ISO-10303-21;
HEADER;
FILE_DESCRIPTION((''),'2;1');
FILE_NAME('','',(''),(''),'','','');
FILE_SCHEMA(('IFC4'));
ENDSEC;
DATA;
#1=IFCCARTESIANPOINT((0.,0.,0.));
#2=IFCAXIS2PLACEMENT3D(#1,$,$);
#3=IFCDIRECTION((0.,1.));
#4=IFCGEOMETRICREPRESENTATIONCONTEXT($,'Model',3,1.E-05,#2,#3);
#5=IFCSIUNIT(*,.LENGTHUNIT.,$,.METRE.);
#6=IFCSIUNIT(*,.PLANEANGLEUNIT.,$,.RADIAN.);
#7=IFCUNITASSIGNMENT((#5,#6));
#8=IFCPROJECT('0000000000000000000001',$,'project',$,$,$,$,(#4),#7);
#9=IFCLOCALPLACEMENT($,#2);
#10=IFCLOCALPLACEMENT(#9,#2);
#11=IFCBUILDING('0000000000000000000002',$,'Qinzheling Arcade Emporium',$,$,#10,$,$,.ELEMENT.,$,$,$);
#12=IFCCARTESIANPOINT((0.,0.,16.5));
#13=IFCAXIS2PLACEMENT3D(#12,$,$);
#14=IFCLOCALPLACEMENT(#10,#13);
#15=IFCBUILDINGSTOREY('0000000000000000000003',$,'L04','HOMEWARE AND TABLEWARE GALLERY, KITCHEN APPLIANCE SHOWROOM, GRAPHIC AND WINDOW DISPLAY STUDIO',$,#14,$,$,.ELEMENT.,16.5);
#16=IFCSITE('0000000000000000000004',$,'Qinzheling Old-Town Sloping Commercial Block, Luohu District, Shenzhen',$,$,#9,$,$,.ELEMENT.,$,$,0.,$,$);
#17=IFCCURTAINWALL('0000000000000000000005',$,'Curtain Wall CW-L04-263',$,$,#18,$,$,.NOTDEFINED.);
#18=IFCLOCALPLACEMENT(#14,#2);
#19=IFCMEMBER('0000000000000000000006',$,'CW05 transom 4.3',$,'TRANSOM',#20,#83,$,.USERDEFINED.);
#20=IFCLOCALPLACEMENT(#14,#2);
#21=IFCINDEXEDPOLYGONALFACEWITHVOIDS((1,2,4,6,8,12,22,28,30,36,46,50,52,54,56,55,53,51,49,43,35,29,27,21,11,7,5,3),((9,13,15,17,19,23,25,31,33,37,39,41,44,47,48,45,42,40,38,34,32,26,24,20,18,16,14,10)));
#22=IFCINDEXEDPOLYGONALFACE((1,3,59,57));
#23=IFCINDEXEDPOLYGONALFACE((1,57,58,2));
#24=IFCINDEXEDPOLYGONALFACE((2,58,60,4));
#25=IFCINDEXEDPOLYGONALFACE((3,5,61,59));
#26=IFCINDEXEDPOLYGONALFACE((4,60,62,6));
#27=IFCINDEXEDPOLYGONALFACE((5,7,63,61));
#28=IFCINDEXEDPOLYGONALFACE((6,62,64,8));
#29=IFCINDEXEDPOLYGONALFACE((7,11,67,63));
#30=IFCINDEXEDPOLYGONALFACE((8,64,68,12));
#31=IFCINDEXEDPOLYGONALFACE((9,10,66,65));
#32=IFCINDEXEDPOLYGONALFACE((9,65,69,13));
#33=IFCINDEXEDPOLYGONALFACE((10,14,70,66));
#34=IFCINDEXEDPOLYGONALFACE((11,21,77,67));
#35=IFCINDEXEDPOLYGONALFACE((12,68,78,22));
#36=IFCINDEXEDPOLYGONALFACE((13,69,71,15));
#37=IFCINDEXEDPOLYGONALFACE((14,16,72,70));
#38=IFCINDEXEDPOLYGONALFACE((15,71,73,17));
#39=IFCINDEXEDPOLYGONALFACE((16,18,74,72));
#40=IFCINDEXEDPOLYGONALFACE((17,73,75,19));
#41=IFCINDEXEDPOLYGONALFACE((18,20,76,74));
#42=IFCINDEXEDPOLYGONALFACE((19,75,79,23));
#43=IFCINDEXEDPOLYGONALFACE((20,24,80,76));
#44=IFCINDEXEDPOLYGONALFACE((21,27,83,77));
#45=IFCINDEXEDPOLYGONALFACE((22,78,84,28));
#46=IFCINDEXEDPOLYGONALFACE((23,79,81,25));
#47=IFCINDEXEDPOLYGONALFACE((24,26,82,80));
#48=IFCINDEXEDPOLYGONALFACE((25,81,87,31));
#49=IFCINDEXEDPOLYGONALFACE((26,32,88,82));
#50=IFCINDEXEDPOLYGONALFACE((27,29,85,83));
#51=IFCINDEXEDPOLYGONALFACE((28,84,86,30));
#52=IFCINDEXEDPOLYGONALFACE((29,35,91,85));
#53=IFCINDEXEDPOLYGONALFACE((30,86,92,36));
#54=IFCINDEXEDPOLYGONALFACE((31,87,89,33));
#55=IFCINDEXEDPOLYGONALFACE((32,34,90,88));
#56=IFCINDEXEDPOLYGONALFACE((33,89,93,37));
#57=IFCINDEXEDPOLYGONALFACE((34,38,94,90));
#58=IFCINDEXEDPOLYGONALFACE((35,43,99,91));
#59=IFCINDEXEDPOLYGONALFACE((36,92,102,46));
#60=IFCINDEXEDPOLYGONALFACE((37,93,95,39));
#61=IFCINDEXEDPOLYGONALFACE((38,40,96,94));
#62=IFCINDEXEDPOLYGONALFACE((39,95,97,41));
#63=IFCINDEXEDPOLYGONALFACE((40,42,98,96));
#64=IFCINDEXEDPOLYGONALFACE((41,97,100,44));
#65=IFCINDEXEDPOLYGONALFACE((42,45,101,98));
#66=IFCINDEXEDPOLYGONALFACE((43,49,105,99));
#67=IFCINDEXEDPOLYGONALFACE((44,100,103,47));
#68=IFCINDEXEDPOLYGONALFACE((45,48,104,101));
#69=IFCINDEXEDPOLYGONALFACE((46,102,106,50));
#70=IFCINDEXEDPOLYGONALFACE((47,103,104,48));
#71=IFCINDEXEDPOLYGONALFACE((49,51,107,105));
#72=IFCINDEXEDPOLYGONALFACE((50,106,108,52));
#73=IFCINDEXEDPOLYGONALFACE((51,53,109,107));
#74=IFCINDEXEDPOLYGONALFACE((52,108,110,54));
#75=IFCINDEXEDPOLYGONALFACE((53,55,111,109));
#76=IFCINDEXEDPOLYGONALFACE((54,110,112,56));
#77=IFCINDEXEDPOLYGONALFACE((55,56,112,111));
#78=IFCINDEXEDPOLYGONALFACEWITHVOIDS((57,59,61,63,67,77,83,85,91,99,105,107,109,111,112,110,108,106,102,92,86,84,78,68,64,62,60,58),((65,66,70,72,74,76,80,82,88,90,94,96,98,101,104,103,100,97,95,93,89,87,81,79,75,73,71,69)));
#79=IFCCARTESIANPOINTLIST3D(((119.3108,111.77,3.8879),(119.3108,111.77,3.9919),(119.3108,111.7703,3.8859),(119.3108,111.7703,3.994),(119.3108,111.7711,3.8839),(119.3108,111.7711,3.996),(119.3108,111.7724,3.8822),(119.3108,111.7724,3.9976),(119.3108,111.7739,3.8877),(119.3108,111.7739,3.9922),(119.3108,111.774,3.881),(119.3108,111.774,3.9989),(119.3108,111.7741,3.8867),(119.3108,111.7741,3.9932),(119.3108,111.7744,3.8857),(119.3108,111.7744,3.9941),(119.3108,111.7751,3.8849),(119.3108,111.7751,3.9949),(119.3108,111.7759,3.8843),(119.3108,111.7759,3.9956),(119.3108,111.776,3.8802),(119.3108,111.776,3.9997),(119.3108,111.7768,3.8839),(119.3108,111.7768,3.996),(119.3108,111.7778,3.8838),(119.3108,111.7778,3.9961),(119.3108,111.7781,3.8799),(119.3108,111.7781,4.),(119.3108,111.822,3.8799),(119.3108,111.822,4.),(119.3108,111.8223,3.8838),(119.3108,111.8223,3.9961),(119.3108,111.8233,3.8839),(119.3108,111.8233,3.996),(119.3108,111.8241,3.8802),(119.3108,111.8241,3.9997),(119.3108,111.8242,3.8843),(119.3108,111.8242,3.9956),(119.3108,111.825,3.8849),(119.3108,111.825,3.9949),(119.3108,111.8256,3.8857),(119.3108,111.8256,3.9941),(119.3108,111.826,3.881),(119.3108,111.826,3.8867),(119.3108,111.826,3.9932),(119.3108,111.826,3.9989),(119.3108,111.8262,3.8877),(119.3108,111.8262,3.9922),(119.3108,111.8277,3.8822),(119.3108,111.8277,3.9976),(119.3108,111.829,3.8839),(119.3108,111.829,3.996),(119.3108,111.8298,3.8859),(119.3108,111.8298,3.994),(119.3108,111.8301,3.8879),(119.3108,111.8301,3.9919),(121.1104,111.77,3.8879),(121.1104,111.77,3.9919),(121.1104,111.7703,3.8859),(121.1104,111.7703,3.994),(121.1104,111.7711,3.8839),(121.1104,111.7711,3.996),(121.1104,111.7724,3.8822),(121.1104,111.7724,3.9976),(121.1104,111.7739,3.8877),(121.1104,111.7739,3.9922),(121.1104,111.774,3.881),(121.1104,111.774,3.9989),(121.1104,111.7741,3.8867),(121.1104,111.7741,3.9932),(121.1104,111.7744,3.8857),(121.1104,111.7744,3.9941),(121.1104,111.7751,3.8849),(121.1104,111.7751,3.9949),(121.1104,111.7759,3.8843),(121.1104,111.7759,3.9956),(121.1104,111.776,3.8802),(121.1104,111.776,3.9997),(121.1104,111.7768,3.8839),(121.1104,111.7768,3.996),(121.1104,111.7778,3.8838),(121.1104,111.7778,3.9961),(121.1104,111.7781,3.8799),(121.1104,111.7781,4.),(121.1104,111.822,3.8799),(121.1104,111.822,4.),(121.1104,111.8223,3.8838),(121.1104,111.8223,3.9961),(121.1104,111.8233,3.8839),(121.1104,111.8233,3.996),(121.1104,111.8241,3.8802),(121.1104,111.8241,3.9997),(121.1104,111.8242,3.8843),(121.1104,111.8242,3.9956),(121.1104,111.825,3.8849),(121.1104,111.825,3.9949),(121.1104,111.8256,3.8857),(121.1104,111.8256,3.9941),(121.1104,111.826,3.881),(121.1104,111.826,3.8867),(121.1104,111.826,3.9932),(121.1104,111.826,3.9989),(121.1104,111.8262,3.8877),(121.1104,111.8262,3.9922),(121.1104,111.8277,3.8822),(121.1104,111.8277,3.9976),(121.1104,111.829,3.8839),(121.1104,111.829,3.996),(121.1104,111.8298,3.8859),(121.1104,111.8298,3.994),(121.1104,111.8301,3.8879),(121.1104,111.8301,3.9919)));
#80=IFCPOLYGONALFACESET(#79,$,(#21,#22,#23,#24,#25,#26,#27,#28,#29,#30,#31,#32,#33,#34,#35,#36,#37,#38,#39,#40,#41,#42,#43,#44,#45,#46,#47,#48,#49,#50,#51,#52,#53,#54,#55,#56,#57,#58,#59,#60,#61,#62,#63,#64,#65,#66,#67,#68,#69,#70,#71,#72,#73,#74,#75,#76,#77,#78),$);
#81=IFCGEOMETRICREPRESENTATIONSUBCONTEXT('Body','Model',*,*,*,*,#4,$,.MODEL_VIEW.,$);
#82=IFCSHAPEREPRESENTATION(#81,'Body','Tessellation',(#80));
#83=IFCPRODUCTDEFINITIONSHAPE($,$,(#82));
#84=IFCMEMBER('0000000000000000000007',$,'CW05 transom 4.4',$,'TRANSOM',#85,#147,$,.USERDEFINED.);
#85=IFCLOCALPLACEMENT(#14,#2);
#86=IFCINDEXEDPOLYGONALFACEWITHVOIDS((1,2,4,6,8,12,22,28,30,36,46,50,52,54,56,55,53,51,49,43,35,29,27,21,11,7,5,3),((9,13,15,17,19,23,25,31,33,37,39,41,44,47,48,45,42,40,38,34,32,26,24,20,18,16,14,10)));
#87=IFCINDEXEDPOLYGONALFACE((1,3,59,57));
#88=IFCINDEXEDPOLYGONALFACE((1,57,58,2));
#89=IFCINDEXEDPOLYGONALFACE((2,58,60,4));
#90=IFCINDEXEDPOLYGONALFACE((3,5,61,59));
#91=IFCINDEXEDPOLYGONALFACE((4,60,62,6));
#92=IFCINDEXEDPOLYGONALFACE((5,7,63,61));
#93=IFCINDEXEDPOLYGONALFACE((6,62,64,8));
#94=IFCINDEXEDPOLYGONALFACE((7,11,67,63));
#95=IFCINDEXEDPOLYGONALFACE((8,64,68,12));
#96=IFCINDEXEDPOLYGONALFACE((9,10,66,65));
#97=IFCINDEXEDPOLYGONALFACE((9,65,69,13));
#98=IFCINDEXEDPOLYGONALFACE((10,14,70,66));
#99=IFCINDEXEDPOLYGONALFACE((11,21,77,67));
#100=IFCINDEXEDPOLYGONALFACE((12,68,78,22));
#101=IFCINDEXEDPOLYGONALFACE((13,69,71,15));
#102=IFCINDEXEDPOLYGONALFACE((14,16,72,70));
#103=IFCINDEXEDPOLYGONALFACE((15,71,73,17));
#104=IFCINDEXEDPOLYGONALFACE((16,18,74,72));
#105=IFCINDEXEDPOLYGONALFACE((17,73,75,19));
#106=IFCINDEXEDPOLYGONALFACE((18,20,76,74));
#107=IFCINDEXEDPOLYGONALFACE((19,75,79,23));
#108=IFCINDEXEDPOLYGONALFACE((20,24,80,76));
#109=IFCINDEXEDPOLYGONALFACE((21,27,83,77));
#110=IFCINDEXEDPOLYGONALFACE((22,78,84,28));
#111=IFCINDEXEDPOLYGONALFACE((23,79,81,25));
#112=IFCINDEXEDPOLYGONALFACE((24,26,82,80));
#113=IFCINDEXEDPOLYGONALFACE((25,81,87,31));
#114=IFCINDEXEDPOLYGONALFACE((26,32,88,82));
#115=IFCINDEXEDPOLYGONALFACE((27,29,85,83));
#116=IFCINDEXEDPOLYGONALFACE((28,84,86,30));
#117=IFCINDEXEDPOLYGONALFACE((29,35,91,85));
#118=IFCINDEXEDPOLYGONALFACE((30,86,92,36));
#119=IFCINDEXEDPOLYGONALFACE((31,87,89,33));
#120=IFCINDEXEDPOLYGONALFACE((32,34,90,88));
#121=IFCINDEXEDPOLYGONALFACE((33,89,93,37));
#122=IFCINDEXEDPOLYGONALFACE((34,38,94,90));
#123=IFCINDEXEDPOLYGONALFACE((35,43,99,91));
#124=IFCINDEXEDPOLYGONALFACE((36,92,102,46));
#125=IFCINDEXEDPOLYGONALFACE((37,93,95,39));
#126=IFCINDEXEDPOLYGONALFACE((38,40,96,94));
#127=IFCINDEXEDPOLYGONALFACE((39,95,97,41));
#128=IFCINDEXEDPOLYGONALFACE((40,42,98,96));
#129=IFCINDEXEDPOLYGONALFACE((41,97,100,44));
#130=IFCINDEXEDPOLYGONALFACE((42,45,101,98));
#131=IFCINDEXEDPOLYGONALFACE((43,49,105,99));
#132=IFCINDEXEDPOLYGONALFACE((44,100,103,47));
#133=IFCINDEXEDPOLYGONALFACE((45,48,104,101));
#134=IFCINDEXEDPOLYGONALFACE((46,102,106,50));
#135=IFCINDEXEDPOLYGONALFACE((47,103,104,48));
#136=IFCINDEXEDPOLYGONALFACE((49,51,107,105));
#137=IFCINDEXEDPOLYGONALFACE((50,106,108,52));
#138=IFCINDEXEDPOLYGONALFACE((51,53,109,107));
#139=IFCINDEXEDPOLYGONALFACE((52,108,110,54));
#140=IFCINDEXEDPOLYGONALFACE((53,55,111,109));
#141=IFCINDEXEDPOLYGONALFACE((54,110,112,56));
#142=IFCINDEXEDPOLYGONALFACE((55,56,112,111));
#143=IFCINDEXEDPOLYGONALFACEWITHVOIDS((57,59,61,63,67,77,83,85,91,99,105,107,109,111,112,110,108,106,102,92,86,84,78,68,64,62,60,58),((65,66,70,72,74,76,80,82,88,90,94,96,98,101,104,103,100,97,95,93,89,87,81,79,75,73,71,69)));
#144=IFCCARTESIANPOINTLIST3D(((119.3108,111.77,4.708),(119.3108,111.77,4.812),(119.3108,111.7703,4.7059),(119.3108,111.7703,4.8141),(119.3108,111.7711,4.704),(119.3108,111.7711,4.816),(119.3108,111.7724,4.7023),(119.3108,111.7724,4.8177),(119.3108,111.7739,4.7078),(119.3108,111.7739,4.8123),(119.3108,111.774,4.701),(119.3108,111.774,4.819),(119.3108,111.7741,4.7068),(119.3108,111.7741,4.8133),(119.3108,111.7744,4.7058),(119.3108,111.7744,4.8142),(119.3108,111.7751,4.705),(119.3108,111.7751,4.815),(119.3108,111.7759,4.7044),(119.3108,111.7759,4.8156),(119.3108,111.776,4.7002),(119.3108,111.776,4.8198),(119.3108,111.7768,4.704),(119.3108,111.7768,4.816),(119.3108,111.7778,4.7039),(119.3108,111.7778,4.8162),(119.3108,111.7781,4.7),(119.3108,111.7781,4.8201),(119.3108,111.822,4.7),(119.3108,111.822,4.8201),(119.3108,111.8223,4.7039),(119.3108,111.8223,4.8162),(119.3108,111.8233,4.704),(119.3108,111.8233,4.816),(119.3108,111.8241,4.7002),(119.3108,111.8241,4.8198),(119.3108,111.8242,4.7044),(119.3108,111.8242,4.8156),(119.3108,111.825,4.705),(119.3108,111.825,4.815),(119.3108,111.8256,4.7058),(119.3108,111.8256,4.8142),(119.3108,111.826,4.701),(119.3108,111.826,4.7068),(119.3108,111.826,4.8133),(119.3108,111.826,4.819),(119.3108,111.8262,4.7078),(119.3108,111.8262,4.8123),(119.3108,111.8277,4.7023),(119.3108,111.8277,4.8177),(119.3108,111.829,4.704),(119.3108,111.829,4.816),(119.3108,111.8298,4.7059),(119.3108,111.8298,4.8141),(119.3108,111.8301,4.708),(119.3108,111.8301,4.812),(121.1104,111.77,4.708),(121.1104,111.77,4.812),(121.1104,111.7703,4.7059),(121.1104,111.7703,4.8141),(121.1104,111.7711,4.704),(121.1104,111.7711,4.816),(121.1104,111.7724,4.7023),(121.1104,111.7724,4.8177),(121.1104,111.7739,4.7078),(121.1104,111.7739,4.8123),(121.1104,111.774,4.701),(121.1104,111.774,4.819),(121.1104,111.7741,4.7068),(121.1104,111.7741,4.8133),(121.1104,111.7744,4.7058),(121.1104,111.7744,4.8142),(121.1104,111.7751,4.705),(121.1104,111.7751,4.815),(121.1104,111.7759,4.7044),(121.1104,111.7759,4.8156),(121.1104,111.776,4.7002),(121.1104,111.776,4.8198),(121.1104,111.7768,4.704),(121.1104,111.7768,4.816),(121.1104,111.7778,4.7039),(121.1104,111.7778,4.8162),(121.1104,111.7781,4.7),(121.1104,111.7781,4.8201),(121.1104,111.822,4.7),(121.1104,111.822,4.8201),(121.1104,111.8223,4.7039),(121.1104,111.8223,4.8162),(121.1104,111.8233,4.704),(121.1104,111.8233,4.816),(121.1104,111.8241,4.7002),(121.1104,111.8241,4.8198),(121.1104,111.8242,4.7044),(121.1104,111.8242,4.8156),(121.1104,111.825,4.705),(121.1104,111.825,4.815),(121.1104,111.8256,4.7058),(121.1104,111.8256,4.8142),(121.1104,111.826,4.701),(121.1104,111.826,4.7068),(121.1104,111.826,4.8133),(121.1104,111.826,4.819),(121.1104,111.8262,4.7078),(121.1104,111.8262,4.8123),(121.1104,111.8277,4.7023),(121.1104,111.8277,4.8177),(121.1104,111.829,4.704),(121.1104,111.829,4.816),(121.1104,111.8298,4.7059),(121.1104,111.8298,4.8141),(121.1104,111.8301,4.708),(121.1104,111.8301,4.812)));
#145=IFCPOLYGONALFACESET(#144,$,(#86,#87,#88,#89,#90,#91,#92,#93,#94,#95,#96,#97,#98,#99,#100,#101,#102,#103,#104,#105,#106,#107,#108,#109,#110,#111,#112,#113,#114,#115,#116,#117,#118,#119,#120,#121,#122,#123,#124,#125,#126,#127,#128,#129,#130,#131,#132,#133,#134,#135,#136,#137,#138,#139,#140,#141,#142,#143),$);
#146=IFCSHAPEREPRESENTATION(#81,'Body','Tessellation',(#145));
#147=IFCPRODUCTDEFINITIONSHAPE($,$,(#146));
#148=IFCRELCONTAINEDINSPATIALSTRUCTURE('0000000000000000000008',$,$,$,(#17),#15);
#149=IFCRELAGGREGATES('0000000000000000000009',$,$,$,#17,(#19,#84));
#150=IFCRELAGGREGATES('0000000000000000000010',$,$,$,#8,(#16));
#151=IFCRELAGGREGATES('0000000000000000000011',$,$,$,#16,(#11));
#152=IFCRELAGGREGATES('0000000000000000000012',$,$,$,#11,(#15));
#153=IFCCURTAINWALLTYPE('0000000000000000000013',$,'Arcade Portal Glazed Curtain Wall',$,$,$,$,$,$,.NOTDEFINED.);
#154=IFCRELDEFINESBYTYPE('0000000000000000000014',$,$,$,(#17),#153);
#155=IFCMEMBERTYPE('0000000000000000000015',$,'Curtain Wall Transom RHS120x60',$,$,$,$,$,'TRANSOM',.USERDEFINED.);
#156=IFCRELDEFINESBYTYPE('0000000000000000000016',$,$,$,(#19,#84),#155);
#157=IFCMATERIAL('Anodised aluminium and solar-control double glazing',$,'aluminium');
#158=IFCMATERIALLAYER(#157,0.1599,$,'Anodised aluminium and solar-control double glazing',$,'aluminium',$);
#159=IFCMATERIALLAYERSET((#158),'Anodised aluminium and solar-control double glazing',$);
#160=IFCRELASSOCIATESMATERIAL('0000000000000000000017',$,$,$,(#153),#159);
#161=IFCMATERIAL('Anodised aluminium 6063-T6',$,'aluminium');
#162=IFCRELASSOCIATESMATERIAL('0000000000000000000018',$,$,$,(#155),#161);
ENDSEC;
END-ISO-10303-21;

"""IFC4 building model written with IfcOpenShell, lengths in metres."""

from ifc_helpers import new_model, si_unit, direction, frame, origin, origin_2d, place, context, subcontext, project, spatial, hollow_rectangle, extrude, material, layer, layer_set, material_profile, profile_set, type_object, element, aggregate, save


model = new_model("IFC4")

# Units and contexts
model_context = context("Model", 3, precision=1e-05, world=origin(), true_north=direction((0.0, 1.0)))
body_context = subcontext(model_context, "Body", "Model", "MODEL_VIEW")
ifc_project = project(units=[si_unit("LENGTHUNIT", "METRE"), si_unit("PLANEANGLEUNIT", "RADIAN")], contexts=[model_context])

# Site, building, storey
site_placement = place(None, origin())
site = spatial("IfcSite", under=ifc_project, at=site_placement, Name="Qinzheling Old-Town Sloping Commercial Block, Luohu District, Shenzhen", CompositionType="ELEMENT", RefElevation=0.0)
building_placement = place(site_placement, origin())
building = spatial("IfcBuilding", under=site, at=building_placement, Name="Qinzheling Arcade Emporium", CompositionType="ELEMENT")
storey_placement = place(building_placement, frame((0.0, 0.0, 16.5)))
storey = spatial("IfcBuildingStorey", under=building, at=storey_placement, Name="L04", Description="HOMEWARE AND TABLEWARE GALLERY, KITCHEN APPLIANCE SHOWROOM, GRAPHIC AND WINDOW DISPLAY STUDIO", CompositionType="ELEMENT", Elevation=16.5)

# Curtain wall, members
ifc_material_1 = material(Name="Anodised aluminium and solar-control double glazing", Category="aluminium")
ifc_layer_1 = layer(ifc_material_1, 0.1599, Name="Anodised aluminium and solar-control double glazing", Category="aluminium")
ifc_layer_set_1 = layer_set([ifc_layer_1], Name="Anodised aluminium and solar-control double glazing")
curtain_wall_type = type_object("IfcCurtainWallType", Name="Arcade Portal Glazed Curtain Wall", PredefinedType="NOTDEFINED", material=ifc_layer_set_1)
curtain_wall_placement = place(storey_placement, origin())
curtain_wall = element("IfcCurtainWall", 1, at=curtain_wall_placement, inside=storey, type_object=curtain_wall_type, Name="Curtain Wall CW-L04-263", PredefinedType="NOTDEFINED")
ifc_material_2 = material(Name="Anodised aluminium 6063-T6", Category="aluminium")
ifc_material_profile_1 = material_profile(ifc_material_2, hollow_rectangle(XDim=0.0601, YDim=0.1201, WallThickness=0.0039, InnerFilletRadius=0.0039, OuterFilletRadius=0.0081, at=origin_2d()), Name="RHS 120x60x4", Category="aluminium")
ifc_profile_set_1 = profile_set([ifc_material_profile_1], Name="Anodised aluminium 6063-T6")
member_type_1 = type_object("IfcMemberType", Name="Curtain Wall Transom RHS120x60", ElementType="TRANSOM", PredefinedType="USERDEFINED", material=ifc_profile_set_1)
member_1_placement = place(storey_placement, frame((119.3108, 111.8, 3.9399), z_axis=(1.0, 0.0, 0.0), x_axis=(0.0, 1.0, 0.0)))
member_1 = element("IfcMember", 2, at=member_1_placement, type_object=member_type_1, Name="CW05 transom 4.3", ObjectType="TRANSOM", PredefinedType="USERDEFINED", context=body_context, shape_type="SweptSolid", body=[
    extrude(hollow_rectangle(XDim=0.0601, YDim=0.1201, WallThickness=0.0039, InnerFilletRadius=0.0039, OuterFilletRadius=0.0081, at=origin_2d()), origin(), (0.0, 0.0, 1.0), 1.7996),
])
member_2_placement = place(storey_placement, frame((119.3108, 111.8, 4.76), z_axis=(1.0, 0.0, 0.0), x_axis=(0.0, 1.0, 0.0)))
member_2 = element("IfcMember", 3, at=member_2_placement, type_object=member_type_1, Name="CW05 transom 4.4", ObjectType="TRANSOM", PredefinedType="USERDEFINED", context=body_context, shape_type="SweptSolid", body=[
    extrude(hollow_rectangle(XDim=0.0601, YDim=0.1201, WallThickness=0.0039, InnerFilletRadius=0.0039, OuterFilletRadius=0.0081, at=origin_2d()), origin(), (0.0, 0.0, 1.0), 1.7996),
])
aggregate(curtain_wall, [member_1, member_2])

save(model, "model.ifc")
